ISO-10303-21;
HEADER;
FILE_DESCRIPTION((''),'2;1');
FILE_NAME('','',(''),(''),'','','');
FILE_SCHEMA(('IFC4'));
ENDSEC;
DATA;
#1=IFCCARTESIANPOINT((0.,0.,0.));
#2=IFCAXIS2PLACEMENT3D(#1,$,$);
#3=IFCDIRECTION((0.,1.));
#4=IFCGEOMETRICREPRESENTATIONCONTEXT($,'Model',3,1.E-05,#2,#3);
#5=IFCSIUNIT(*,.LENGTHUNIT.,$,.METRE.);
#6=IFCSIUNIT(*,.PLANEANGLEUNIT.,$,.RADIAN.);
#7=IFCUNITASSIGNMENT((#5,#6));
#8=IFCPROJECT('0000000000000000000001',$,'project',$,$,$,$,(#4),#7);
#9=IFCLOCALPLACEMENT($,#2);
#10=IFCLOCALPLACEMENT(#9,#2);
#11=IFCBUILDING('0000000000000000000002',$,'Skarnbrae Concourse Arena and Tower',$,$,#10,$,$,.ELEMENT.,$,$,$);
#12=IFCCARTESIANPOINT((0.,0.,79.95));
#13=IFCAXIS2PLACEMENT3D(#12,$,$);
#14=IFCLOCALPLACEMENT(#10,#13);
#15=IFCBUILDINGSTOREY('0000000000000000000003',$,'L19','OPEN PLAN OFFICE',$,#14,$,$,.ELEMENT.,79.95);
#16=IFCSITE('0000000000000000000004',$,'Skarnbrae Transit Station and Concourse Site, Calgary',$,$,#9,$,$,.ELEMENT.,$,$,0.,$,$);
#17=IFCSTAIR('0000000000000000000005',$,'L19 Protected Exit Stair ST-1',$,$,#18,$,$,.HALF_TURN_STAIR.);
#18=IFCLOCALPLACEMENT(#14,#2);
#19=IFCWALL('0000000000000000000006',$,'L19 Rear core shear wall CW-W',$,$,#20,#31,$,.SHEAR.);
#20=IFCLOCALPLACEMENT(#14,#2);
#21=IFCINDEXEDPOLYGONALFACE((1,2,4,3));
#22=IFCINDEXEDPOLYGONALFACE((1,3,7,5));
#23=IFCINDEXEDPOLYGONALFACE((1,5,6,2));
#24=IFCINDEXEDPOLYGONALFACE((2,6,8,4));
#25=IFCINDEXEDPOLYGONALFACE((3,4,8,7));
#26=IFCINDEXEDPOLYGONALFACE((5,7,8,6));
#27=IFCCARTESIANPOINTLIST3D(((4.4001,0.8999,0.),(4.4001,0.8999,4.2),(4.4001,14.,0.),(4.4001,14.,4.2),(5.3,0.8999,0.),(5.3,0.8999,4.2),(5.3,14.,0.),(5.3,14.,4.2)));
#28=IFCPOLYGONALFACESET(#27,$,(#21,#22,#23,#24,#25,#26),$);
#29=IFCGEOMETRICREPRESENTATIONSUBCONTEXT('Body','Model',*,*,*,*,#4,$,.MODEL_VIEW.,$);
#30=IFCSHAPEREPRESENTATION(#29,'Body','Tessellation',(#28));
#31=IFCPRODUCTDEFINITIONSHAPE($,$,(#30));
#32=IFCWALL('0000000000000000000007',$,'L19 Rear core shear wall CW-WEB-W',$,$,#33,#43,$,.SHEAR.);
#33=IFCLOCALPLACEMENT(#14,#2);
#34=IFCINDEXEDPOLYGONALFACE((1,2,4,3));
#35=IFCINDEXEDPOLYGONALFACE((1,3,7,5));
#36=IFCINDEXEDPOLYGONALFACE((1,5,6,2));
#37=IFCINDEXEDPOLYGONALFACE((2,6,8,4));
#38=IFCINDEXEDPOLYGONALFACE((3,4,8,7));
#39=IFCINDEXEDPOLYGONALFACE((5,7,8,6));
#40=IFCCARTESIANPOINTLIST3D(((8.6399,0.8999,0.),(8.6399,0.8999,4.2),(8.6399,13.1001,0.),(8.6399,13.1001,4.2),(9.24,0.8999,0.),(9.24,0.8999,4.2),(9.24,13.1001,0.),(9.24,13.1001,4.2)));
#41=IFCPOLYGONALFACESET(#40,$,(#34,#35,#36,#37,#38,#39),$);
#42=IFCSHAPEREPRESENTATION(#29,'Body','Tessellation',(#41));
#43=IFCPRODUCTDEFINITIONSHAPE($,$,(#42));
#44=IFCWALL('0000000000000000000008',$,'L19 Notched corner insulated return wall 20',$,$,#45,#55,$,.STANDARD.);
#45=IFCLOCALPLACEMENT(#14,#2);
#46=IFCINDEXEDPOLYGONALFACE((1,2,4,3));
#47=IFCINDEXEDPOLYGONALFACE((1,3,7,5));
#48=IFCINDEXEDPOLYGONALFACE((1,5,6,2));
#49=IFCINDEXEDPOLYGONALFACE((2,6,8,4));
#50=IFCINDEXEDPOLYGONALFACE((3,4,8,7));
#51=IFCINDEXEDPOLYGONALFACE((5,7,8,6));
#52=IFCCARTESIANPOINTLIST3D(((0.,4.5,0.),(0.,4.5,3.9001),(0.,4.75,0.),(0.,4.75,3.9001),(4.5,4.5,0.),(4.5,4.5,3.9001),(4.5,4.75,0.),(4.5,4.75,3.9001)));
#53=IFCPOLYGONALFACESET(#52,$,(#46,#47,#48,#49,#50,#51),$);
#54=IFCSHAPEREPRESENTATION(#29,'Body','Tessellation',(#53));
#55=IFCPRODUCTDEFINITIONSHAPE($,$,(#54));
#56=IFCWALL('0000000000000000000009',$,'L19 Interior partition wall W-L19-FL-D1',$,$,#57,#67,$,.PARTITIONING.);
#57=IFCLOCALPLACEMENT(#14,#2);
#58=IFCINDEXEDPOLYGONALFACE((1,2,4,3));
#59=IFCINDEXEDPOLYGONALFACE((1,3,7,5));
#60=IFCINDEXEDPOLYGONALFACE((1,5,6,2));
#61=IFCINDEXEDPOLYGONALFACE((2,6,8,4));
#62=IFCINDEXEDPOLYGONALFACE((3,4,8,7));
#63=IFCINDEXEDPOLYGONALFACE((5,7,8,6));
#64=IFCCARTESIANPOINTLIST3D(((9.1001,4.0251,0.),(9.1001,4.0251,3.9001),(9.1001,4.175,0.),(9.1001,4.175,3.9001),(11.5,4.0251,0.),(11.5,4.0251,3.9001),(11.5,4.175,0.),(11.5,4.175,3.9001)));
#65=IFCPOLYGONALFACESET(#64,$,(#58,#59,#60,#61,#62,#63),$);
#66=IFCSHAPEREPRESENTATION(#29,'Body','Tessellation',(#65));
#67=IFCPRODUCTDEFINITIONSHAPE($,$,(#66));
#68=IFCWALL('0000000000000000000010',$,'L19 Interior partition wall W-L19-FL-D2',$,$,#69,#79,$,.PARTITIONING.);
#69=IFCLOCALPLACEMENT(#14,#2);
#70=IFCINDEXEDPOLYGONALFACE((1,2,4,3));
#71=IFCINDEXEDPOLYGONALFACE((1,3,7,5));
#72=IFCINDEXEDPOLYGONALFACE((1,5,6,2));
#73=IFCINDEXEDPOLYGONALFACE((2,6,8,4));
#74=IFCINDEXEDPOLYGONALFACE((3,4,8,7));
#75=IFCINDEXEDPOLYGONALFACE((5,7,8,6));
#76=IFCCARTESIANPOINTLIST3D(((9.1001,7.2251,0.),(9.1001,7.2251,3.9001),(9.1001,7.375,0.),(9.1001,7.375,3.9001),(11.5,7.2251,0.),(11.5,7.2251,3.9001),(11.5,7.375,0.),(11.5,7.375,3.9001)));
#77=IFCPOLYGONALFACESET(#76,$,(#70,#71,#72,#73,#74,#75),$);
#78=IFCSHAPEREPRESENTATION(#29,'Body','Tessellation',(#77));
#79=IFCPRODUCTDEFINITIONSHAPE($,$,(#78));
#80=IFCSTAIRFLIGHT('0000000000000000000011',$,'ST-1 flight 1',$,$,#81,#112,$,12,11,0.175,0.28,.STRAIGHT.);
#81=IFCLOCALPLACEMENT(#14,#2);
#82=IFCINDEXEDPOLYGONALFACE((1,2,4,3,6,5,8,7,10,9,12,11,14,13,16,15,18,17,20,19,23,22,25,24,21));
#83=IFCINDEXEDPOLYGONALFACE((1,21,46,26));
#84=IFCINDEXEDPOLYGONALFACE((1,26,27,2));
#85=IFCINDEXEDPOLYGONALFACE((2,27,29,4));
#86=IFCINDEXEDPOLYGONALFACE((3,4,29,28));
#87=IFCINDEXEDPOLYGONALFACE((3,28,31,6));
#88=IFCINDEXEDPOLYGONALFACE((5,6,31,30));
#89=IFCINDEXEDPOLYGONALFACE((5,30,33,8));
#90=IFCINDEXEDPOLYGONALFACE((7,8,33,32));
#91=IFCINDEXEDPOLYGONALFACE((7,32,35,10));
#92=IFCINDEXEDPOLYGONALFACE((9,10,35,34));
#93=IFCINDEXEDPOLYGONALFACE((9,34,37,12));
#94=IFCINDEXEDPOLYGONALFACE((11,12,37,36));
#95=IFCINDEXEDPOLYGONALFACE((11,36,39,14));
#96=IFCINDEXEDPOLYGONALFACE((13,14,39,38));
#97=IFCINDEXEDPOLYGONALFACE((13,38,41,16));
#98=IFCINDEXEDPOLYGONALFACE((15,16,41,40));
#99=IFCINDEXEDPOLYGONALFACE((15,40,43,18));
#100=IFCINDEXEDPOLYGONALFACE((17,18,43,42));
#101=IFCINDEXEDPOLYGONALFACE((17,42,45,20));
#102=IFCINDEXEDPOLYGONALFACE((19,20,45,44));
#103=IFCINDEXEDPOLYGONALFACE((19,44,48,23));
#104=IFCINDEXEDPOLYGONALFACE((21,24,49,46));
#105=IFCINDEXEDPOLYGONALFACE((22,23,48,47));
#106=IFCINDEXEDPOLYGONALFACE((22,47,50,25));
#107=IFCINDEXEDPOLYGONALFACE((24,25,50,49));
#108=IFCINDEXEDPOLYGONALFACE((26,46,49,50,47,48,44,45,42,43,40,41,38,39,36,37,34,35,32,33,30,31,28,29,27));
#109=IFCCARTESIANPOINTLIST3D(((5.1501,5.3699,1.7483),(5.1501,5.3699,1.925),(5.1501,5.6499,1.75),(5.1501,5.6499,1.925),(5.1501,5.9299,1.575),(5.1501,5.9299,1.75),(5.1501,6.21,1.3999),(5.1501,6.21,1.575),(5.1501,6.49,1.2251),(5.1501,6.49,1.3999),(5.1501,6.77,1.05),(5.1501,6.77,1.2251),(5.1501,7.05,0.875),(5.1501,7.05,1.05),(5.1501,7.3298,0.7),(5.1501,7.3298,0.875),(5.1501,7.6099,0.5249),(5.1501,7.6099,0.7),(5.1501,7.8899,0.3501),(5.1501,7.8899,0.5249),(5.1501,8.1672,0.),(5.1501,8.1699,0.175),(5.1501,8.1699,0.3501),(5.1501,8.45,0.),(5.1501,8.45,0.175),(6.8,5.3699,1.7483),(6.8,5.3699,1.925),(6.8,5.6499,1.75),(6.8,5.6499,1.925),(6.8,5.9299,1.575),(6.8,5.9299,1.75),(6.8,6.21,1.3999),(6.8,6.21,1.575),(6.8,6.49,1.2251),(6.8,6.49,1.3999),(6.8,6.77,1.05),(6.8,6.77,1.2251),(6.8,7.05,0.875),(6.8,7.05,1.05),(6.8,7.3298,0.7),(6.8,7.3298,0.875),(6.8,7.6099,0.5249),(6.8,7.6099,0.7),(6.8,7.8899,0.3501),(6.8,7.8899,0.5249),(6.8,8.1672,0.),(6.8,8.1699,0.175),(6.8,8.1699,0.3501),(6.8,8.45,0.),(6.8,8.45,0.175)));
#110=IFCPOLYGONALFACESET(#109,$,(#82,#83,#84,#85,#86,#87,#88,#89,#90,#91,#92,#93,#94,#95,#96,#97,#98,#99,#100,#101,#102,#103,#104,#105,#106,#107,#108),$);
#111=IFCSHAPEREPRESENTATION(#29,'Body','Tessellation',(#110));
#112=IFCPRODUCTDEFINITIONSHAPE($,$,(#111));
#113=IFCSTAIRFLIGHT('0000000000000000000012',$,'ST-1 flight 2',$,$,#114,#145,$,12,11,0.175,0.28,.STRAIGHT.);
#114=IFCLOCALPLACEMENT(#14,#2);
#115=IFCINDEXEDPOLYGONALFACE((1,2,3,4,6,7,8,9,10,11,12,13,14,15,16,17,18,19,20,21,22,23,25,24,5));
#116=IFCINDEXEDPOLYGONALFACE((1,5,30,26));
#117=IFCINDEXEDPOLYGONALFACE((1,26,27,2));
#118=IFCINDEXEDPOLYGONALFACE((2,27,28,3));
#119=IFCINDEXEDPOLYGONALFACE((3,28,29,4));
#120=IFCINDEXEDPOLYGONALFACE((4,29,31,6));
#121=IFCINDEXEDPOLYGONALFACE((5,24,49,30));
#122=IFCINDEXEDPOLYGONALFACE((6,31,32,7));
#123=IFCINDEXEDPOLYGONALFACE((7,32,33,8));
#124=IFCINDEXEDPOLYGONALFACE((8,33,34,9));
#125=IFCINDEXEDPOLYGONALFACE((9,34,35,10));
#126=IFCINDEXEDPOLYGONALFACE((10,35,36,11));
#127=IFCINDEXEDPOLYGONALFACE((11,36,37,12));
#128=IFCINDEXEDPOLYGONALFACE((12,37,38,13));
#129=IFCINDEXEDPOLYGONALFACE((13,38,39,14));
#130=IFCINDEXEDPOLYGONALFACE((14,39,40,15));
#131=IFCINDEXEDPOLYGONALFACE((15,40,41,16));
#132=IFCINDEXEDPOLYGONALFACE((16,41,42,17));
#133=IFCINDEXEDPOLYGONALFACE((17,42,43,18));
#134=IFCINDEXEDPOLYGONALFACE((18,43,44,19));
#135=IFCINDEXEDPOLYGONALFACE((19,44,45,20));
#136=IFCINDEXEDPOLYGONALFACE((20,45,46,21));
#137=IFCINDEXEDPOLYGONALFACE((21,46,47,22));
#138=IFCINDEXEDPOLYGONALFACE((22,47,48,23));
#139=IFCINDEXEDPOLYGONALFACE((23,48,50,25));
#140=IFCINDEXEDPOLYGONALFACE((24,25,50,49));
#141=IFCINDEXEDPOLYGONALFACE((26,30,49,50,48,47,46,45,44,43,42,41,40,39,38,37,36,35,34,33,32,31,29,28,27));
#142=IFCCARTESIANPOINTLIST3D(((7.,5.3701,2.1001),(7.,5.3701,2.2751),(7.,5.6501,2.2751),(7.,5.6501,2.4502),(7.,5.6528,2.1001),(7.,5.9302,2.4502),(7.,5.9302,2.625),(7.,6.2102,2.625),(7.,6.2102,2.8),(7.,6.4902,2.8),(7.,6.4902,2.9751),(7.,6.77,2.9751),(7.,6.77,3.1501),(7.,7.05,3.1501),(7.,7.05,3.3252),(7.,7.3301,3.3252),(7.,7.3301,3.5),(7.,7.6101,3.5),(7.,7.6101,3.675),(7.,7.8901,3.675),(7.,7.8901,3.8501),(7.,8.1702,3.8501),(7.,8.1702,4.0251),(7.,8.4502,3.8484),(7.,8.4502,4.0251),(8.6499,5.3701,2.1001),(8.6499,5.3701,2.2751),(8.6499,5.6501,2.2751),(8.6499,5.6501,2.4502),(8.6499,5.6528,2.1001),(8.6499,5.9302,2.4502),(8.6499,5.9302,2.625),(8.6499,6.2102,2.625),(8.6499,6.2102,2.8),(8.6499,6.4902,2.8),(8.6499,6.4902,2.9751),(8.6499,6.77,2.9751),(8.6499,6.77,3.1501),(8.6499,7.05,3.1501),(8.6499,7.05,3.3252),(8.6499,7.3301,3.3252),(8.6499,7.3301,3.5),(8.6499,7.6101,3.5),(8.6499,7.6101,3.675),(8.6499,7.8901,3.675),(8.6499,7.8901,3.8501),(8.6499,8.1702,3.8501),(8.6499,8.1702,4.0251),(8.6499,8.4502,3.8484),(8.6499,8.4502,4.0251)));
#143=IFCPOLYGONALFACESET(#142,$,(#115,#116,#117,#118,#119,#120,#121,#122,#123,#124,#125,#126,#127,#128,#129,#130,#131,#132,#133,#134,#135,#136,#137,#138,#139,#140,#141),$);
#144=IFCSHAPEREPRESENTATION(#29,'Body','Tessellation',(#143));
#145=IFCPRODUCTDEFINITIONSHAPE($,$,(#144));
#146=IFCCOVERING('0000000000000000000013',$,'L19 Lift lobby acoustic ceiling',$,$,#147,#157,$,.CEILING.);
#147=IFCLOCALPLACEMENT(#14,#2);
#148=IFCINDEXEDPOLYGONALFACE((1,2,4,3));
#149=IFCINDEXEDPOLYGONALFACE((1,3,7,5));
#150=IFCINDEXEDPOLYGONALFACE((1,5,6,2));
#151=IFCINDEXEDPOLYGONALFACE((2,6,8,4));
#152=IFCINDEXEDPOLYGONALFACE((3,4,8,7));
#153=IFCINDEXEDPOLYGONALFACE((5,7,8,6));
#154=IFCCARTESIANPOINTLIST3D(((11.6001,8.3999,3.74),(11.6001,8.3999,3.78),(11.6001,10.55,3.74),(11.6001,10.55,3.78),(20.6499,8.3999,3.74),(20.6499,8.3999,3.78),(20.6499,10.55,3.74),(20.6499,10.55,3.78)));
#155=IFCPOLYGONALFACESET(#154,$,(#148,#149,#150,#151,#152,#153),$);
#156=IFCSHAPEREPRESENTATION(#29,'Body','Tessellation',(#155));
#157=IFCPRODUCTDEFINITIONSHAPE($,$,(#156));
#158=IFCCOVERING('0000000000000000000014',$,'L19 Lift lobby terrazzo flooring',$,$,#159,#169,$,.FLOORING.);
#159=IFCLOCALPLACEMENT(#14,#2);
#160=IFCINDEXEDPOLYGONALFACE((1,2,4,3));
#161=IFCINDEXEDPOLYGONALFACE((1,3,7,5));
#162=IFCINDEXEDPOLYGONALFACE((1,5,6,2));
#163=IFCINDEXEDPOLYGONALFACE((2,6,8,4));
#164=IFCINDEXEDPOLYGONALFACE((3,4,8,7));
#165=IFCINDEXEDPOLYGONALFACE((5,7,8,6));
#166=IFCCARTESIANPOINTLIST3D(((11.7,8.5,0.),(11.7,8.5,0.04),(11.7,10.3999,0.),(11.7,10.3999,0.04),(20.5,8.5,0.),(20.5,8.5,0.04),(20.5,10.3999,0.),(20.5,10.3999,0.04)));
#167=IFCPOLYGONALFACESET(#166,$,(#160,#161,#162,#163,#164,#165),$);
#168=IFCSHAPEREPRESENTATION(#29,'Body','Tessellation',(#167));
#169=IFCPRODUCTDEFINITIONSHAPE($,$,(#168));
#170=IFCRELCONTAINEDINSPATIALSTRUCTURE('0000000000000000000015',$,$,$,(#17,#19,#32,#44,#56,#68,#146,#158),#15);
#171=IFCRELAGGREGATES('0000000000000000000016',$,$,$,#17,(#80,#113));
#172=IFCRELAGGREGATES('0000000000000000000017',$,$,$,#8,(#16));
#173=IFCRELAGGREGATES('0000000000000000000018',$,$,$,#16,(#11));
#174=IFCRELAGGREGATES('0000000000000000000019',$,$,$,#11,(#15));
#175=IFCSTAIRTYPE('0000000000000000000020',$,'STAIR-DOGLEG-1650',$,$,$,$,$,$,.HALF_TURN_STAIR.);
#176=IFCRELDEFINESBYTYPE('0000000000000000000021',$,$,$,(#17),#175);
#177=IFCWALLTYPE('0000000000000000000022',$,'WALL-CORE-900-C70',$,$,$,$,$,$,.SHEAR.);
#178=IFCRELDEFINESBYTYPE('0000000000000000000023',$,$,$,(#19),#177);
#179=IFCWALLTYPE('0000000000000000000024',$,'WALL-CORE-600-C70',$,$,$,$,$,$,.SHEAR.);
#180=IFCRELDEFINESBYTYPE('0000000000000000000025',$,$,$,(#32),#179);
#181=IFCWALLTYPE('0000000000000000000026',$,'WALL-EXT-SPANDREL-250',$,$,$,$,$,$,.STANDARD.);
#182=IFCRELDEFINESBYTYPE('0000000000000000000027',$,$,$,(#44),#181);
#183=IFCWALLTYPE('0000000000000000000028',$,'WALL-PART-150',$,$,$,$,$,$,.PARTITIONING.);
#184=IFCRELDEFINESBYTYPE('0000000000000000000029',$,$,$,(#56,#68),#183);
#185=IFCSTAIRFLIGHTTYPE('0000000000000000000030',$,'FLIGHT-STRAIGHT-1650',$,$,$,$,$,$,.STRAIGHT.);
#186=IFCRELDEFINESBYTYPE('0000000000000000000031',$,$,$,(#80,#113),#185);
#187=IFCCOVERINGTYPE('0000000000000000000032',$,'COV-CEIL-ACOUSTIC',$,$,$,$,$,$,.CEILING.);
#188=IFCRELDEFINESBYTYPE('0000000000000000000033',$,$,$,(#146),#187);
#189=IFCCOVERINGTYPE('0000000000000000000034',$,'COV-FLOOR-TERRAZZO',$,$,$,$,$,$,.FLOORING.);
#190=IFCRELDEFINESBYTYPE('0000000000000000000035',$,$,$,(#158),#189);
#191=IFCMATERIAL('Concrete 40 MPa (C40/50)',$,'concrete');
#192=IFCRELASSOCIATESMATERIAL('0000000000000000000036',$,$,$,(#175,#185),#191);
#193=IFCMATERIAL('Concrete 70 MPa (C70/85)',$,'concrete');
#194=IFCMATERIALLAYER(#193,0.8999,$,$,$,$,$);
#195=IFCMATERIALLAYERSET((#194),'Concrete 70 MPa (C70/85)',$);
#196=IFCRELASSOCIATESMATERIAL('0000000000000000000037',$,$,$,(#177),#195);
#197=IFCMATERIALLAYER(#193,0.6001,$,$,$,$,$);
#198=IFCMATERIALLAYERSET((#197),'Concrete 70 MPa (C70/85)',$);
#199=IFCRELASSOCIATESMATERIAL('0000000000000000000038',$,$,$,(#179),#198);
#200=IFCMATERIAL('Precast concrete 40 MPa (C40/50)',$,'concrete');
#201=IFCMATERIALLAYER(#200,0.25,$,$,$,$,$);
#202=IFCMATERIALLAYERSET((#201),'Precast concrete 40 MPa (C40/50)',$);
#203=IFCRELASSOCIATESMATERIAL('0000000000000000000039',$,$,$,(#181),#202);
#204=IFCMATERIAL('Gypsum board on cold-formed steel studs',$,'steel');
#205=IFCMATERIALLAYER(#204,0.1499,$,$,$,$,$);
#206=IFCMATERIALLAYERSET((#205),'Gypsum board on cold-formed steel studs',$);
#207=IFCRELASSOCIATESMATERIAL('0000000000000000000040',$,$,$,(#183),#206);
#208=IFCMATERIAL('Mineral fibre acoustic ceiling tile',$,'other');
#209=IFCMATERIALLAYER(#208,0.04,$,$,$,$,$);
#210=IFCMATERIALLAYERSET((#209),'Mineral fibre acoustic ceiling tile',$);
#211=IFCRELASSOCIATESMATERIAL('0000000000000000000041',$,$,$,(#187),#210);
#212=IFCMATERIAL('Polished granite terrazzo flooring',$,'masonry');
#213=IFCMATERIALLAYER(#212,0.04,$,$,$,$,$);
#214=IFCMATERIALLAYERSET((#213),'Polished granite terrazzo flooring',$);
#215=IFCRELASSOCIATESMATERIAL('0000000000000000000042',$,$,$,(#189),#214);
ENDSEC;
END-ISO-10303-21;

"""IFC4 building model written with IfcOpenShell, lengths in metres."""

from ifc_helpers import new_model, si_unit, direction, frame, frame_2d, origin, place, context, subcontext, project, spatial, polyline, rectangle, outline, extrude, source, transform, mapped, material, layer, layer_set, type_object, element, aggregate, save


model = new_model("IFC4")

# Units and contexts
model_context = context("Model", 3, precision=1e-05, world=origin(), true_north=direction((0.0, 1.0)))
body_context = subcontext(model_context, "Body", "Model", "MODEL_VIEW")
ifc_project = project(units=[si_unit("LENGTHUNIT", "METRE"), si_unit("PLANEANGLEUNIT", "RADIAN")], contexts=[model_context])

# Site, building, storey
site_placement = place(None, origin())
site = spatial("IfcSite", under=ifc_project, at=site_placement, Name="Skarnbrae Transit Station and Concourse Site, Calgary", CompositionType="ELEMENT", RefElevation=0.0)
building_placement = place(site_placement, origin())
building = spatial("IfcBuilding", under=site, at=building_placement, Name="Skarnbrae Concourse Arena and Tower", CompositionType="ELEMENT")
storey_placement = place(building_placement, frame((0.0, 0.0, 79.95)))
storey = spatial("IfcBuildingStorey", under=building, at=storey_placement, Name="L19", Description="OPEN PLAN OFFICE", CompositionType="ELEMENT", Elevation=79.95)

# Stair
ifc_material_1 = material(Name="Concrete 40 MPa (C40/50)", Category="concrete")
stair_type = type_object("IfcStairType", Name="STAIR-DOGLEG-1650", PredefinedType="HALF_TURN_STAIR", material=ifc_material_1)
stair_1_placement = place(storey_placement, origin())
stair_1 = element("IfcStair", 1, at=stair_1_placement, inside=storey, type_object=stair_type, Name="L19 Protected Exit Stair ST-1", PredefinedType="HALF_TURN_STAIR")

# Walls
ifc_material_2 = material(Name="Concrete 70 MPa (C70/85)", Category="concrete")
ifc_layer_1 = layer(ifc_material_2, 0.8999)
ifc_layer_set_1 = layer_set([ifc_layer_1], Name="Concrete 70 MPa (C70/85)")
wall_type_1 = type_object("IfcWallType", Name="WALL-CORE-900-C70", PredefinedType="SHEAR", material=ifc_layer_set_1)
shared_shape_1 = source(origin(), body_context, "Body", "SweptSolid", [
    extrude(rectangle(XDim=13.1001, YDim=0.8999, at=frame_2d((6.55, 0.0))), origin(), (0.0, 0.0, 1.0), 4.2),
])
wall_1_placement = place(storey_placement, frame((4.8501, 0.8999, 0.0), z_axis=(0.0, 0.0, 1.0), x_axis=(0.0, 1.0, 0.0)))
element("IfcWall", 2, at=wall_1_placement, inside=storey, type_object=wall_type_1, Name="L19 Rear core shear wall CW-W", PredefinedType="SHEAR", context=body_context, shape_type="MappedRepresentation", body=[
    mapped(shared_shape_1, transform((0.0, 0.0, 0.0))),
])
ifc_layer_2 = layer(ifc_material_2, 0.6001)
ifc_layer_set_2 = layer_set([ifc_layer_2], Name="Concrete 70 MPa (C70/85)")
wall_type_2 = type_object("IfcWallType", Name="WALL-CORE-600-C70", PredefinedType="SHEAR", material=ifc_layer_set_2)
shared_shape_2 = source(origin(), body_context, "Body", "SweptSolid", [
    extrude(rectangle(XDim=12.2002, YDim=0.6001, at=frame_2d((6.1001, 0.0))), origin(), (0.0, 0.0, 1.0), 4.2),
])
wall_2_placement = place(storey_placement, frame((8.9399, 0.8999, 0.0), z_axis=(0.0, 0.0, 1.0), x_axis=(0.0, 1.0, 0.0)))
element("IfcWall", 3, at=wall_2_placement, inside=storey, type_object=wall_type_2, Name="L19 Rear core shear wall CW-WEB-W", PredefinedType="SHEAR", context=body_context, shape_type="MappedRepresentation", body=[
    mapped(shared_shape_2, transform((0.0, 0.0, 0.0))),
])
ifc_material_3 = material(Name="Precast concrete 40 MPa (C40/50)", Category="concrete")
ifc_layer_3 = layer(ifc_material_3, 0.25)
ifc_layer_set_3 = layer_set([ifc_layer_3], Name="Precast concrete 40 MPa (C40/50)")
wall_type_3 = type_object("IfcWallType", Name="WALL-EXT-SPANDREL-250", PredefinedType="STANDARD", material=ifc_layer_set_3)
shared_shape_3 = source(origin(), body_context, "Body", "SweptSolid", [
    extrude(rectangle(XDim=4.5, YDim=0.25, at=frame_2d((2.25, 0.0))), origin(), (0.0, 0.0, 1.0), 3.9001),
])
wall_3_placement = place(storey_placement, frame((0.0, 4.625, 0.0), z_axis=(0.0, 0.0, 1.0), x_axis=(1.0, 0.0, 0.0)))
element("IfcWall", 4, at=wall_3_placement, inside=storey, type_object=wall_type_3, Name="L19 Notched corner insulated return wall 20", PredefinedType="STANDARD", context=body_context, shape_type="MappedRepresentation", body=[
    mapped(shared_shape_3, transform((0.0, 0.0, 0.0))),
])

# Shared definitions
ifc_material_4 = material(Name="Gypsum board on cold-formed steel studs", Category="steel")

# Walls
ifc_layer_4 = layer(ifc_material_4, 0.1499)
ifc_layer_set_4 = layer_set([ifc_layer_4], Name="Gypsum board on cold-formed steel studs")
wall_type_4 = type_object("IfcWallType", Name="WALL-PART-150", PredefinedType="PARTITIONING", material=ifc_layer_set_4)
shared_shape_4 = source(origin(), body_context, "Body", "SweptSolid", [
    extrude(rectangle(XDim=2.3999, YDim=0.1499, at=frame_2d((1.2, 0.0))), origin(), (0.0, 0.0, 1.0), 3.9001),
])
for number, where, z_axis, x_axis, name in (
    (5, (9.1001, 4.1001, 0.0), (0.0, 0.0, 1.0), (1.0, 0.0, 0.0), "L19 Interior partition wall W-L19-FL-D1"),
    (6, (9.1001, 7.3, 0.0), (0.0, 0.0, 1.0), (1.0, 0.0, 0.0), "L19 Interior partition wall W-L19-FL-D2"),
):
    element("IfcWall", number, at=place(storey_placement, frame(where, z_axis=z_axis, x_axis=x_axis)), inside=storey, type_object=wall_type_4, Name=name, PredefinedType="PARTITIONING", context=body_context, shape_type="MappedRepresentation", body=[
        mapped(shared_shape_4, transform((0.0, 0.0, 0.0))),
    ])

# Stair flights
stair_flight_type = type_object("IfcStairFlightType", Name="FLIGHT-STRAIGHT-1650", PredefinedType="STRAIGHT", material=ifc_material_1)
shared_shape_5 = source(origin(), body_context, "Body", "SweptSolid", [
    extrude(outline(polyline([(0.0, 0.0), (0.0, 0.175), (0.28, 0.175), (0.28, 0.3501), (0.5601, 0.3501), (0.5601, 0.5249), (0.8401, 0.5249), (0.8401, 0.7), (1.1201, 0.7), (1.1201, 0.875), (1.3999, 0.875), (1.3999, 1.05), (1.6799, 1.05), (1.6799, 1.2251), (1.96, 1.2251), (1.96, 1.3999), (2.24, 1.3999), (2.24, 1.575), (2.52, 1.575), (2.52, 1.75), (2.8, 1.75), (2.8, 1.925), (3.0801, 1.925), (3.0801, 2.1001), (3.0801, 1.7483), (0.2827, 0.0), (0.0, 0.0)])), frame((0.0, 0.825, 0.0), z_axis=(0.0, -1.0, 0.0), x_axis=(1.0, 0.0, 0.0)), (0.0, 0.0, 1.0), 1.6499),
])
stair_flight_1_placement = place(storey_placement, frame((5.9751, 8.45, 0.0), z_axis=(0.0, 0.0, 1.0), x_axis=(0.0, -1.0, 0.0)))
stair_flight_1 = element("IfcStairFlight", 7, at=stair_flight_1_placement, type_object=stair_flight_type, Name="ST-1 flight 1", NumberOfRisers=12, NumberOfTreads=11, PredefinedType="STRAIGHT", RiserHeight=0.175, TreadLength=0.28, context=body_context, shape_type="MappedRepresentation", body=[
    mapped(shared_shape_5, transform((0.0, 0.0, 0.0))),
])
stair_flight_2_placement = place(storey_placement, frame((7.825, 5.3701, 2.1001), z_axis=(0.0, 0.0, 1.0), x_axis=(0.0, 1.0, 0.0)))
stair_flight_2 = element("IfcStairFlight", 8, at=stair_flight_2_placement, type_object=stair_flight_type, Name="ST-1 flight 2", NumberOfRisers=12, NumberOfTreads=11, PredefinedType="STRAIGHT", RiserHeight=0.175, TreadLength=0.28, context=body_context, shape_type="MappedRepresentation", body=[
    mapped(shared_shape_5, transform((0.0, 0.0, 0.0))),
])
aggregate(stair_1, [stair_flight_1, stair_flight_2])

# Coverings
ifc_material_5 = material(Name="Mineral fibre acoustic ceiling tile", Category="other")
ifc_layer_5 = layer(ifc_material_5, 0.04)
ifc_layer_set_5 = layer_set([ifc_layer_5], Name="Mineral fibre acoustic ceiling tile")
covering_type_1 = type_object("IfcCoveringType", Name="COV-CEIL-ACOUSTIC", PredefinedType="CEILING", material=ifc_layer_set_5)
covering_1_placement = place(storey_placement, frame((0.0, 0.0, 3.74)))
element("IfcCovering", 9, at=covering_1_placement, inside=storey, type_object=covering_type_1, Name="L19 Lift lobby acoustic ceiling", PredefinedType="CEILING", context=body_context, shape_type="SweptSolid", body=[
    extrude(outline(polyline([(11.6001, 8.3999), (20.6499, 8.3999), (20.6499, 10.55), (11.6001, 10.55), (11.6001, 8.3999)])), origin(), (0.0, 0.0, 1.0), 0.04),
])
ifc_material_6 = material(Name="Polished granite terrazzo flooring", Category="masonry")
ifc_layer_6 = layer(ifc_material_6, 0.04)
ifc_layer_set_6 = layer_set([ifc_layer_6], Name="Polished granite terrazzo flooring")
covering_type_2 = type_object("IfcCoveringType", Name="COV-FLOOR-TERRAZZO", PredefinedType="FLOORING", material=ifc_layer_set_6)
covering_2_placement = place(storey_placement, origin())
element("IfcCovering", 10, at=covering_2_placement, inside=storey, type_object=covering_type_2, Name="L19 Lift lobby terrazzo flooring", PredefinedType="FLOORING", context=body_context, shape_type="SweptSolid", body=[
    extrude(outline(polyline([(11.7, 8.5), (20.5, 8.5), (20.5, 10.3999), (11.7, 10.3999), (11.7, 8.5)])), origin(), (0.0, 0.0, 1.0), 0.04),
])

save(model, "model.ifc")
